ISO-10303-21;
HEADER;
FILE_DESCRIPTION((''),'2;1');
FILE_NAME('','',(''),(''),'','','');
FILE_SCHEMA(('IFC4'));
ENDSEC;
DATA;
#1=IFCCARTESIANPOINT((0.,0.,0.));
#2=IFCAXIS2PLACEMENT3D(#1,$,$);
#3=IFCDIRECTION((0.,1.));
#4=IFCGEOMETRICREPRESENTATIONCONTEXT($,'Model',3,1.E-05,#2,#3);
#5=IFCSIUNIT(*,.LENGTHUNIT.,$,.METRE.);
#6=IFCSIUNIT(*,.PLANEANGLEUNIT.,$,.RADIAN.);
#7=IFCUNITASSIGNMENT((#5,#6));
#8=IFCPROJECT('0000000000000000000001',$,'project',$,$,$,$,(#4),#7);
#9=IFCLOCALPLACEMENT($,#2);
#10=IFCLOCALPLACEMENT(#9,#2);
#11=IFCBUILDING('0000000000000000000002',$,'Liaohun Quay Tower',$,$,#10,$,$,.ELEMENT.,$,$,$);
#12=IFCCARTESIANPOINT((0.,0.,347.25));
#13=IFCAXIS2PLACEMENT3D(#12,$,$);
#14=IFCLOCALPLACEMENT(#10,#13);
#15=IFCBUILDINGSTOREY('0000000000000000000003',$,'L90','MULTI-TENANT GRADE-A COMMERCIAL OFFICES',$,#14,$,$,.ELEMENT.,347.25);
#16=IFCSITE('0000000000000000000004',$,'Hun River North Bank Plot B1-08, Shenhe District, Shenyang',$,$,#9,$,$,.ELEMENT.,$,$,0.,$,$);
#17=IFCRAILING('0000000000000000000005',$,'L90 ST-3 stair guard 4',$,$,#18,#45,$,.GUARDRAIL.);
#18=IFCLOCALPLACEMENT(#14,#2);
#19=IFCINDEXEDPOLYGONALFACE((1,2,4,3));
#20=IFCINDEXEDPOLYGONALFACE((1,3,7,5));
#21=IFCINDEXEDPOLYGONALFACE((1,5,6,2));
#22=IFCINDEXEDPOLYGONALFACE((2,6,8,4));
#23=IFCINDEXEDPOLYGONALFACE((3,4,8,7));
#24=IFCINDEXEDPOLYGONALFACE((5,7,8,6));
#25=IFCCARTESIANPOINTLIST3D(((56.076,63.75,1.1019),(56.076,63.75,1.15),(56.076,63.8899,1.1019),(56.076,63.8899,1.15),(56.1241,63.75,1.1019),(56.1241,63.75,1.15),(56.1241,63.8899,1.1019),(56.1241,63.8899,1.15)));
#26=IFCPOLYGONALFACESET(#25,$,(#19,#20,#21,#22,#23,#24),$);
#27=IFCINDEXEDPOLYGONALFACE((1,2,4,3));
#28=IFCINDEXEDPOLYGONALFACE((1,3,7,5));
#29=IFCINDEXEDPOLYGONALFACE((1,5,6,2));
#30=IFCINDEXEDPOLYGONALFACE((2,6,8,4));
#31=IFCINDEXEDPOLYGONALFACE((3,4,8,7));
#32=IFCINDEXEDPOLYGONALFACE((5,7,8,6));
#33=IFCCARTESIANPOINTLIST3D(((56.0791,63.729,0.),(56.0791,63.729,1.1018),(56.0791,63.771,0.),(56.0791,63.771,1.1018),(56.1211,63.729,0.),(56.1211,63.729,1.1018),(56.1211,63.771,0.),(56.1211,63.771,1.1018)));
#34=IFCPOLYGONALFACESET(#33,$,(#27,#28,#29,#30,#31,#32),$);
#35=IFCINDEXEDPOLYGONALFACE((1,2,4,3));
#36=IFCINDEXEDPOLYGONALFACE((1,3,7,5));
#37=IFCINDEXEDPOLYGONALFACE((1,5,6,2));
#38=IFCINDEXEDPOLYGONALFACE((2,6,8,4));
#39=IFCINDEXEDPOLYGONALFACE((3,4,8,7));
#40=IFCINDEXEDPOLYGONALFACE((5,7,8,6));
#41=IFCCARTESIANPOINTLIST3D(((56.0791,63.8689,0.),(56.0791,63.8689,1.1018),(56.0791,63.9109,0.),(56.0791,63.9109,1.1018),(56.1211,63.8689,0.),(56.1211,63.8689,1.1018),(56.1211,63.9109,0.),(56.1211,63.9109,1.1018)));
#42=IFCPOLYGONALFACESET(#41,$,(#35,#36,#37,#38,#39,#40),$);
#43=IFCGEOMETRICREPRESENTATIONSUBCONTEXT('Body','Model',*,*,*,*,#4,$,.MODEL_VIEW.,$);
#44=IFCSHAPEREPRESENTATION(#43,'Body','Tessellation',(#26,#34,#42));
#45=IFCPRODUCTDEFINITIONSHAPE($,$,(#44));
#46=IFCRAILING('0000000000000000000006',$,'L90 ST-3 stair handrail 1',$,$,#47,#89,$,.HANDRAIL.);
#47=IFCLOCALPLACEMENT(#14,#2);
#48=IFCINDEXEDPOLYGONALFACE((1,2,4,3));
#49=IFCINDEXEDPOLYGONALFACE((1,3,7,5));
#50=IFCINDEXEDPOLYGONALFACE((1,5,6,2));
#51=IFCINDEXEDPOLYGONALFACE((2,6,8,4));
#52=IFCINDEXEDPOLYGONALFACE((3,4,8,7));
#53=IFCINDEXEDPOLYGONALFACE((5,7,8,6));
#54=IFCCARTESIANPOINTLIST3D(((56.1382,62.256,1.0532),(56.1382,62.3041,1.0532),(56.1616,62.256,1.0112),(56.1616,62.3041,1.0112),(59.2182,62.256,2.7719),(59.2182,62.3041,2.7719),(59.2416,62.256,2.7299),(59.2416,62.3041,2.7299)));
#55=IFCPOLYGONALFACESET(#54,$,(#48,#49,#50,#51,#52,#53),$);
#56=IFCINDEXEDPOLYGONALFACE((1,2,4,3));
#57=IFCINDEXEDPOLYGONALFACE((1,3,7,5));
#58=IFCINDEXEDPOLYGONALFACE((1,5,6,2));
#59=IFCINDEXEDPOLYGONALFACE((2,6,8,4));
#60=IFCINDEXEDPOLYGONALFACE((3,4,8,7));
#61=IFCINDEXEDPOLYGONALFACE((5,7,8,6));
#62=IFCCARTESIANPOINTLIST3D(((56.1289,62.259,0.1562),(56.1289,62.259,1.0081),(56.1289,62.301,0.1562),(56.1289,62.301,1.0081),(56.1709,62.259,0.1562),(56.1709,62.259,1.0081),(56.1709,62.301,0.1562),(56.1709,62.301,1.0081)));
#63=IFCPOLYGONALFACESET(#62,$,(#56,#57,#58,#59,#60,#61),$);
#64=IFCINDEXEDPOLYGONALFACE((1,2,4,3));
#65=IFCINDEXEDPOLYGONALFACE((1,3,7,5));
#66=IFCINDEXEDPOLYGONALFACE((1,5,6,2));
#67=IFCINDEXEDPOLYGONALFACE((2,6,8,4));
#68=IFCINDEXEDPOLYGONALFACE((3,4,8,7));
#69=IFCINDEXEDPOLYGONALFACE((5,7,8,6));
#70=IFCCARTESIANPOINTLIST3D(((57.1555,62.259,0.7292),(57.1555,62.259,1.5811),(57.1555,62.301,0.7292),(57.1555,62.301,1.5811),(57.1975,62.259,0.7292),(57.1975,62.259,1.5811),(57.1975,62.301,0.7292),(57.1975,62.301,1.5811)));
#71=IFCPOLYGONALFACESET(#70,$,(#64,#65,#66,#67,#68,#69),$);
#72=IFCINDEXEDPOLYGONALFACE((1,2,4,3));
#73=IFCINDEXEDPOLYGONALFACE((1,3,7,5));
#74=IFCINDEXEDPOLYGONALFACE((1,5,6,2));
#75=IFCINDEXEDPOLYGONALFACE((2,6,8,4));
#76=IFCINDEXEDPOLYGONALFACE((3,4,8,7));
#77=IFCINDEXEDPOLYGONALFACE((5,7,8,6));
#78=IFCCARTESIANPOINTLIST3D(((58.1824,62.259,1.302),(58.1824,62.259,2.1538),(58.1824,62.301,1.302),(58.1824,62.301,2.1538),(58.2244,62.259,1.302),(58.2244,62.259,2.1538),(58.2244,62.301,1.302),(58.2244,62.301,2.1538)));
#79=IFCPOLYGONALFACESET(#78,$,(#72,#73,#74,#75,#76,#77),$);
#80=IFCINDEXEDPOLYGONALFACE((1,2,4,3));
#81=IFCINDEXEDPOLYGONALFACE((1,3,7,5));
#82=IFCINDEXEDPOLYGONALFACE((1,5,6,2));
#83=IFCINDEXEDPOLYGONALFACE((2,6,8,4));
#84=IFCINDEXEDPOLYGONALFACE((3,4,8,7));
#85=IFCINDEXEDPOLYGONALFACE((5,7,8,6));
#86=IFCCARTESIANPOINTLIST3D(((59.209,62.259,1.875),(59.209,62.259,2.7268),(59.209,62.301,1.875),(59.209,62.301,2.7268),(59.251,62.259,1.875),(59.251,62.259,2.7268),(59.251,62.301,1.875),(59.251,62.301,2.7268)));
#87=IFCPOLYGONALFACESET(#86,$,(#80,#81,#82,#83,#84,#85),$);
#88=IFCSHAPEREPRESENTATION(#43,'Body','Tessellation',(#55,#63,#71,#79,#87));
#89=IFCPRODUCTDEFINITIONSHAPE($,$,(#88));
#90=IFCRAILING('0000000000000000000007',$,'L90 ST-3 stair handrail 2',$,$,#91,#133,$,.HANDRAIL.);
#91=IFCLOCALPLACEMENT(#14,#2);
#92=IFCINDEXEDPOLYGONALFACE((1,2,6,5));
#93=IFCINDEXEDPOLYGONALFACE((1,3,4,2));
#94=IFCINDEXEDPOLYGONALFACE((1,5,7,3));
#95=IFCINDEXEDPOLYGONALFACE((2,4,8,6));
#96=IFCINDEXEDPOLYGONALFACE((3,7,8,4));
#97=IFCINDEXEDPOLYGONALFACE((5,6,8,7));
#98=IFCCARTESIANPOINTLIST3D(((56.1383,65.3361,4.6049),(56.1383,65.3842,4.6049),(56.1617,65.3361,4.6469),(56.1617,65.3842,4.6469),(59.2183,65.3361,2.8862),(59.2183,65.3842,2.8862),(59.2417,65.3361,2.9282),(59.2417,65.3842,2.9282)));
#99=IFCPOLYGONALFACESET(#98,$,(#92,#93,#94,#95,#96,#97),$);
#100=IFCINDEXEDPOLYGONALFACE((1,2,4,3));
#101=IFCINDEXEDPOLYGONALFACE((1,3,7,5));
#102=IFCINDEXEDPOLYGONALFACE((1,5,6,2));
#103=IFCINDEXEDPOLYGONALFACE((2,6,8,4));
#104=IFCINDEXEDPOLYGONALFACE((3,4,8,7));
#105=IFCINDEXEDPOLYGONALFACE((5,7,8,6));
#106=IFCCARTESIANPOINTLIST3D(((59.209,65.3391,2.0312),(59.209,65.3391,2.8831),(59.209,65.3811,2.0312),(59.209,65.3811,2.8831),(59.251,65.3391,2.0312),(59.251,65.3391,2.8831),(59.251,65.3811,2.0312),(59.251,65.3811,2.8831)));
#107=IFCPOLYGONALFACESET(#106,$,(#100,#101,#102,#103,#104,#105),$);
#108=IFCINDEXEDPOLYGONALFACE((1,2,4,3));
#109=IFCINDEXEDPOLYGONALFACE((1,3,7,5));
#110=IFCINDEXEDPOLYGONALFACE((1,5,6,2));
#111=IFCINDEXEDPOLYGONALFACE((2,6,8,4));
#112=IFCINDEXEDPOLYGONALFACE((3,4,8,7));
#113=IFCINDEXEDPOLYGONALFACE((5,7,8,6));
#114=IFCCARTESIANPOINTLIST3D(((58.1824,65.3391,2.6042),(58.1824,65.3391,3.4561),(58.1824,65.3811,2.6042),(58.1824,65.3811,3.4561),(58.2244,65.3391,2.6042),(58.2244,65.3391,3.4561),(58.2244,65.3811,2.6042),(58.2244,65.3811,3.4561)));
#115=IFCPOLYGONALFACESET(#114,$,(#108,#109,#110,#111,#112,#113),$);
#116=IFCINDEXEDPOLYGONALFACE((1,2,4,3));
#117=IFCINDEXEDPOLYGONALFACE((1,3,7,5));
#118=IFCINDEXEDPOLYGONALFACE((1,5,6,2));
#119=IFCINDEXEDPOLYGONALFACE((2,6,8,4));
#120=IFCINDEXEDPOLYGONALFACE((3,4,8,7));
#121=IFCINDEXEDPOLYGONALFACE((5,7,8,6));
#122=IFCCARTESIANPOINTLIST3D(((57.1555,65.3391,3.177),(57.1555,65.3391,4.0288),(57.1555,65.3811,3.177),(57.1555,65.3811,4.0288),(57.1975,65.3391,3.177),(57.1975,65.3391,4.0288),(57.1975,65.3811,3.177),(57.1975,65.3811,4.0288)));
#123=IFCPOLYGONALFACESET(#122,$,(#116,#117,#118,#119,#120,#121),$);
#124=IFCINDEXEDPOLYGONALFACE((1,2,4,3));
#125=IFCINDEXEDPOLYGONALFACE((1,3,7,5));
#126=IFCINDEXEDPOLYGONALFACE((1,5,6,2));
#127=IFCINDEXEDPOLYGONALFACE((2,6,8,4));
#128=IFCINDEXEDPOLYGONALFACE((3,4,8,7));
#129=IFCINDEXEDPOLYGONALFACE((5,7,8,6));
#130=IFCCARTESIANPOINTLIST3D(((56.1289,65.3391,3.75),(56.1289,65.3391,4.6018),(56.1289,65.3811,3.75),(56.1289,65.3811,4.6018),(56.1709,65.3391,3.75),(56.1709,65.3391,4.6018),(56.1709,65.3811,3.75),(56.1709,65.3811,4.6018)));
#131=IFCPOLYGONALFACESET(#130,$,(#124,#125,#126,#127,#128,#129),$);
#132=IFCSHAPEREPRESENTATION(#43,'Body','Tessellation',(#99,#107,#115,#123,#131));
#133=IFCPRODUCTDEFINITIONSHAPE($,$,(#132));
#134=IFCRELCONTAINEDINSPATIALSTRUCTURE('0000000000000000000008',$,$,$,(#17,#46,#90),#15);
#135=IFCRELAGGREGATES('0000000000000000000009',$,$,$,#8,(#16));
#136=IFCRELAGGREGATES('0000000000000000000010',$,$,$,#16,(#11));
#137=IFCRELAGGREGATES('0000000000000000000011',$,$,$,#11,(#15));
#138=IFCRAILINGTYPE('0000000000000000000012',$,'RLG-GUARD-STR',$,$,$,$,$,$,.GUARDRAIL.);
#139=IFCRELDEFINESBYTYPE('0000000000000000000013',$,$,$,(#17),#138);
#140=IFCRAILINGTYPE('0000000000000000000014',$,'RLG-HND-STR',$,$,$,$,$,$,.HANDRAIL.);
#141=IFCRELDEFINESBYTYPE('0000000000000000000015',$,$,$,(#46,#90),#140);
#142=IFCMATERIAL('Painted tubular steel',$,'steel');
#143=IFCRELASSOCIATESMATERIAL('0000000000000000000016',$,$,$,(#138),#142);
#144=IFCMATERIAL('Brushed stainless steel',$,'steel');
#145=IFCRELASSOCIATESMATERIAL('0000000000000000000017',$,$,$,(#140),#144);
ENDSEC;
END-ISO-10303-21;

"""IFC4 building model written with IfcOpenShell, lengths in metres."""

from ifc_helpers import new_model, si_unit, direction, frame, origin, origin_2d, place, context, subcontext, project, spatial, rectangle, extrude, material, type_object, element, save


model = new_model("IFC4")

# Units and contexts
model_context = context("Model", 3, precision=1e-05, world=origin(), true_north=direction((0.0, 1.0)))
body_context = subcontext(model_context, "Body", "Model", "MODEL_VIEW")
ifc_project = project(units=[si_unit("LENGTHUNIT", "METRE"), si_unit("PLANEANGLEUNIT", "RADIAN")], contexts=[model_context])

# Site, building, storey
site_placement = place(None, origin())
site = spatial("IfcSite", under=ifc_project, at=site_placement, Name="Hun River North Bank Plot B1-08, Shenhe District, Shenyang", CompositionType="ELEMENT", RefElevation=0.0)
building_placement = place(site_placement, origin())
building = spatial("IfcBuilding", under=site, at=building_placement, Name="Liaohun Quay Tower", CompositionType="ELEMENT")
storey_placement = place(building_placement, frame((0.0, 0.0, 347.25)))
storey = spatial("IfcBuildingStorey", under=building, at=storey_placement, Name="L90", Description="MULTI-TENANT GRADE-A COMMERCIAL OFFICES", CompositionType="ELEMENT", Elevation=347.25)

# Railings
ifc_material_1 = material(Name="Painted tubular steel", Category="steel")
railing_type_1 = type_object("IfcRailingType", Name="RLG-GUARD-STR", PredefinedType="GUARDRAIL", material=ifc_material_1)
railing_1_placement = place(storey_placement, frame((56.1001, 63.75, 0.0)))
element("IfcRailing", 1, at=railing_1_placement, inside=storey, type_object=railing_type_1, Name="L90 ST-3 stair guard 4", PredefinedType="GUARDRAIL", context=body_context, shape_type="SweptSolid", body=[
    extrude(rectangle(XDim=0.0481, YDim=0.0481, at=origin_2d()), frame((0.0, 0.0, 1.126), z_axis=(0.0, 1.0, 0.0), x_axis=(-1.0, 0.0, 0.0)), (0.0, 0.0, 1.0), 0.1399),
    extrude(rectangle(XDim=0.042, YDim=0.042, at=origin_2d()), origin(), (0.0, 0.0, 1.0), 1.1018),
    extrude(rectangle(XDim=0.042, YDim=0.042, at=origin_2d()), frame((0.0, 0.1399, 0.0)), (0.0, 0.0, 1.0), 1.1018),
])
ifc_material_2 = material(Name="Brushed stainless steel", Category="steel")
railing_type_2 = type_object("IfcRailingType", Name="RLG-HND-STR", PredefinedType="HANDRAIL", material=ifc_material_2)
railing_2_placement = place(storey_placement, frame((56.1499, 62.28, 0.1562)))
element("IfcRailing", 2, at=railing_2_placement, inside=storey, type_object=railing_type_2, Name="L90 ST-3 stair handrail 1", PredefinedType="HANDRAIL", context=body_context, shape_type="SweptSolid", body=[
    extrude(rectangle(XDim=0.0481, YDim=0.0481, at=origin_2d()), frame((0.0, 0.0, 0.876), z_axis=(0.873242, 0.0, 0.487288), x_axis=(0.0, 1.0, 0.0)), (0.0, 0.0, 1.0), 3.5271),
    extrude(rectangle(XDim=0.042, YDim=0.042, at=origin_2d()), origin(), (0.0, 0.0, 1.0), 0.8518),
    extrude(rectangle(XDim=0.042, YDim=0.042, at=origin_2d()), frame((1.0266, 0.0, 0.573)), (0.0, 0.0, 1.0), 0.8518),
    extrude(rectangle(XDim=0.042, YDim=0.042, at=origin_2d()), frame((2.0535, 0.0, 1.1458)), (0.0, 0.0, 1.0), 0.8518),
    extrude(rectangle(XDim=0.042, YDim=0.042, at=origin_2d()), frame((3.0801, 0.0, 1.7188)), (0.0, 0.0, 1.0), 0.8518),
])
railing_3_placement = place(storey_placement, frame((59.23, 65.3601, 2.0312)))
element("IfcRailing", 3, at=railing_3_placement, inside=storey, type_object=railing_type_2, Name="L90 ST-3 stair handrail 2", PredefinedType="HANDRAIL", context=body_context, shape_type="SweptSolid", body=[
    extrude(rectangle(XDim=0.0481, YDim=0.0481, at=origin_2d()), frame((0.0, 0.0, 0.876), z_axis=(-0.873242, 0.0, 0.487288), x_axis=(0.0, -1.0, 0.0)), (0.0, 0.0, 1.0), 3.5271),
    extrude(rectangle(XDim=0.042, YDim=0.042, at=origin_2d()), origin(), (0.0, 0.0, 1.0), 0.8518),
    extrude(rectangle(XDim=0.042, YDim=0.042, at=origin_2d()), frame((-1.0266, 0.0, 0.573)), (0.0, 0.0, 1.0), 0.8518),
    extrude(rectangle(XDim=0.042, YDim=0.042, at=origin_2d()), frame((-2.0535, 0.0, 1.1458)), (0.0, 0.0, 1.0), 0.8518),
    extrude(rectangle(XDim=0.042, YDim=0.042, at=origin_2d()), frame((-3.0801, 0.0, 1.7188)), (0.0, 0.0, 1.0), 0.8518),
])

save(model, "model.ifc")
